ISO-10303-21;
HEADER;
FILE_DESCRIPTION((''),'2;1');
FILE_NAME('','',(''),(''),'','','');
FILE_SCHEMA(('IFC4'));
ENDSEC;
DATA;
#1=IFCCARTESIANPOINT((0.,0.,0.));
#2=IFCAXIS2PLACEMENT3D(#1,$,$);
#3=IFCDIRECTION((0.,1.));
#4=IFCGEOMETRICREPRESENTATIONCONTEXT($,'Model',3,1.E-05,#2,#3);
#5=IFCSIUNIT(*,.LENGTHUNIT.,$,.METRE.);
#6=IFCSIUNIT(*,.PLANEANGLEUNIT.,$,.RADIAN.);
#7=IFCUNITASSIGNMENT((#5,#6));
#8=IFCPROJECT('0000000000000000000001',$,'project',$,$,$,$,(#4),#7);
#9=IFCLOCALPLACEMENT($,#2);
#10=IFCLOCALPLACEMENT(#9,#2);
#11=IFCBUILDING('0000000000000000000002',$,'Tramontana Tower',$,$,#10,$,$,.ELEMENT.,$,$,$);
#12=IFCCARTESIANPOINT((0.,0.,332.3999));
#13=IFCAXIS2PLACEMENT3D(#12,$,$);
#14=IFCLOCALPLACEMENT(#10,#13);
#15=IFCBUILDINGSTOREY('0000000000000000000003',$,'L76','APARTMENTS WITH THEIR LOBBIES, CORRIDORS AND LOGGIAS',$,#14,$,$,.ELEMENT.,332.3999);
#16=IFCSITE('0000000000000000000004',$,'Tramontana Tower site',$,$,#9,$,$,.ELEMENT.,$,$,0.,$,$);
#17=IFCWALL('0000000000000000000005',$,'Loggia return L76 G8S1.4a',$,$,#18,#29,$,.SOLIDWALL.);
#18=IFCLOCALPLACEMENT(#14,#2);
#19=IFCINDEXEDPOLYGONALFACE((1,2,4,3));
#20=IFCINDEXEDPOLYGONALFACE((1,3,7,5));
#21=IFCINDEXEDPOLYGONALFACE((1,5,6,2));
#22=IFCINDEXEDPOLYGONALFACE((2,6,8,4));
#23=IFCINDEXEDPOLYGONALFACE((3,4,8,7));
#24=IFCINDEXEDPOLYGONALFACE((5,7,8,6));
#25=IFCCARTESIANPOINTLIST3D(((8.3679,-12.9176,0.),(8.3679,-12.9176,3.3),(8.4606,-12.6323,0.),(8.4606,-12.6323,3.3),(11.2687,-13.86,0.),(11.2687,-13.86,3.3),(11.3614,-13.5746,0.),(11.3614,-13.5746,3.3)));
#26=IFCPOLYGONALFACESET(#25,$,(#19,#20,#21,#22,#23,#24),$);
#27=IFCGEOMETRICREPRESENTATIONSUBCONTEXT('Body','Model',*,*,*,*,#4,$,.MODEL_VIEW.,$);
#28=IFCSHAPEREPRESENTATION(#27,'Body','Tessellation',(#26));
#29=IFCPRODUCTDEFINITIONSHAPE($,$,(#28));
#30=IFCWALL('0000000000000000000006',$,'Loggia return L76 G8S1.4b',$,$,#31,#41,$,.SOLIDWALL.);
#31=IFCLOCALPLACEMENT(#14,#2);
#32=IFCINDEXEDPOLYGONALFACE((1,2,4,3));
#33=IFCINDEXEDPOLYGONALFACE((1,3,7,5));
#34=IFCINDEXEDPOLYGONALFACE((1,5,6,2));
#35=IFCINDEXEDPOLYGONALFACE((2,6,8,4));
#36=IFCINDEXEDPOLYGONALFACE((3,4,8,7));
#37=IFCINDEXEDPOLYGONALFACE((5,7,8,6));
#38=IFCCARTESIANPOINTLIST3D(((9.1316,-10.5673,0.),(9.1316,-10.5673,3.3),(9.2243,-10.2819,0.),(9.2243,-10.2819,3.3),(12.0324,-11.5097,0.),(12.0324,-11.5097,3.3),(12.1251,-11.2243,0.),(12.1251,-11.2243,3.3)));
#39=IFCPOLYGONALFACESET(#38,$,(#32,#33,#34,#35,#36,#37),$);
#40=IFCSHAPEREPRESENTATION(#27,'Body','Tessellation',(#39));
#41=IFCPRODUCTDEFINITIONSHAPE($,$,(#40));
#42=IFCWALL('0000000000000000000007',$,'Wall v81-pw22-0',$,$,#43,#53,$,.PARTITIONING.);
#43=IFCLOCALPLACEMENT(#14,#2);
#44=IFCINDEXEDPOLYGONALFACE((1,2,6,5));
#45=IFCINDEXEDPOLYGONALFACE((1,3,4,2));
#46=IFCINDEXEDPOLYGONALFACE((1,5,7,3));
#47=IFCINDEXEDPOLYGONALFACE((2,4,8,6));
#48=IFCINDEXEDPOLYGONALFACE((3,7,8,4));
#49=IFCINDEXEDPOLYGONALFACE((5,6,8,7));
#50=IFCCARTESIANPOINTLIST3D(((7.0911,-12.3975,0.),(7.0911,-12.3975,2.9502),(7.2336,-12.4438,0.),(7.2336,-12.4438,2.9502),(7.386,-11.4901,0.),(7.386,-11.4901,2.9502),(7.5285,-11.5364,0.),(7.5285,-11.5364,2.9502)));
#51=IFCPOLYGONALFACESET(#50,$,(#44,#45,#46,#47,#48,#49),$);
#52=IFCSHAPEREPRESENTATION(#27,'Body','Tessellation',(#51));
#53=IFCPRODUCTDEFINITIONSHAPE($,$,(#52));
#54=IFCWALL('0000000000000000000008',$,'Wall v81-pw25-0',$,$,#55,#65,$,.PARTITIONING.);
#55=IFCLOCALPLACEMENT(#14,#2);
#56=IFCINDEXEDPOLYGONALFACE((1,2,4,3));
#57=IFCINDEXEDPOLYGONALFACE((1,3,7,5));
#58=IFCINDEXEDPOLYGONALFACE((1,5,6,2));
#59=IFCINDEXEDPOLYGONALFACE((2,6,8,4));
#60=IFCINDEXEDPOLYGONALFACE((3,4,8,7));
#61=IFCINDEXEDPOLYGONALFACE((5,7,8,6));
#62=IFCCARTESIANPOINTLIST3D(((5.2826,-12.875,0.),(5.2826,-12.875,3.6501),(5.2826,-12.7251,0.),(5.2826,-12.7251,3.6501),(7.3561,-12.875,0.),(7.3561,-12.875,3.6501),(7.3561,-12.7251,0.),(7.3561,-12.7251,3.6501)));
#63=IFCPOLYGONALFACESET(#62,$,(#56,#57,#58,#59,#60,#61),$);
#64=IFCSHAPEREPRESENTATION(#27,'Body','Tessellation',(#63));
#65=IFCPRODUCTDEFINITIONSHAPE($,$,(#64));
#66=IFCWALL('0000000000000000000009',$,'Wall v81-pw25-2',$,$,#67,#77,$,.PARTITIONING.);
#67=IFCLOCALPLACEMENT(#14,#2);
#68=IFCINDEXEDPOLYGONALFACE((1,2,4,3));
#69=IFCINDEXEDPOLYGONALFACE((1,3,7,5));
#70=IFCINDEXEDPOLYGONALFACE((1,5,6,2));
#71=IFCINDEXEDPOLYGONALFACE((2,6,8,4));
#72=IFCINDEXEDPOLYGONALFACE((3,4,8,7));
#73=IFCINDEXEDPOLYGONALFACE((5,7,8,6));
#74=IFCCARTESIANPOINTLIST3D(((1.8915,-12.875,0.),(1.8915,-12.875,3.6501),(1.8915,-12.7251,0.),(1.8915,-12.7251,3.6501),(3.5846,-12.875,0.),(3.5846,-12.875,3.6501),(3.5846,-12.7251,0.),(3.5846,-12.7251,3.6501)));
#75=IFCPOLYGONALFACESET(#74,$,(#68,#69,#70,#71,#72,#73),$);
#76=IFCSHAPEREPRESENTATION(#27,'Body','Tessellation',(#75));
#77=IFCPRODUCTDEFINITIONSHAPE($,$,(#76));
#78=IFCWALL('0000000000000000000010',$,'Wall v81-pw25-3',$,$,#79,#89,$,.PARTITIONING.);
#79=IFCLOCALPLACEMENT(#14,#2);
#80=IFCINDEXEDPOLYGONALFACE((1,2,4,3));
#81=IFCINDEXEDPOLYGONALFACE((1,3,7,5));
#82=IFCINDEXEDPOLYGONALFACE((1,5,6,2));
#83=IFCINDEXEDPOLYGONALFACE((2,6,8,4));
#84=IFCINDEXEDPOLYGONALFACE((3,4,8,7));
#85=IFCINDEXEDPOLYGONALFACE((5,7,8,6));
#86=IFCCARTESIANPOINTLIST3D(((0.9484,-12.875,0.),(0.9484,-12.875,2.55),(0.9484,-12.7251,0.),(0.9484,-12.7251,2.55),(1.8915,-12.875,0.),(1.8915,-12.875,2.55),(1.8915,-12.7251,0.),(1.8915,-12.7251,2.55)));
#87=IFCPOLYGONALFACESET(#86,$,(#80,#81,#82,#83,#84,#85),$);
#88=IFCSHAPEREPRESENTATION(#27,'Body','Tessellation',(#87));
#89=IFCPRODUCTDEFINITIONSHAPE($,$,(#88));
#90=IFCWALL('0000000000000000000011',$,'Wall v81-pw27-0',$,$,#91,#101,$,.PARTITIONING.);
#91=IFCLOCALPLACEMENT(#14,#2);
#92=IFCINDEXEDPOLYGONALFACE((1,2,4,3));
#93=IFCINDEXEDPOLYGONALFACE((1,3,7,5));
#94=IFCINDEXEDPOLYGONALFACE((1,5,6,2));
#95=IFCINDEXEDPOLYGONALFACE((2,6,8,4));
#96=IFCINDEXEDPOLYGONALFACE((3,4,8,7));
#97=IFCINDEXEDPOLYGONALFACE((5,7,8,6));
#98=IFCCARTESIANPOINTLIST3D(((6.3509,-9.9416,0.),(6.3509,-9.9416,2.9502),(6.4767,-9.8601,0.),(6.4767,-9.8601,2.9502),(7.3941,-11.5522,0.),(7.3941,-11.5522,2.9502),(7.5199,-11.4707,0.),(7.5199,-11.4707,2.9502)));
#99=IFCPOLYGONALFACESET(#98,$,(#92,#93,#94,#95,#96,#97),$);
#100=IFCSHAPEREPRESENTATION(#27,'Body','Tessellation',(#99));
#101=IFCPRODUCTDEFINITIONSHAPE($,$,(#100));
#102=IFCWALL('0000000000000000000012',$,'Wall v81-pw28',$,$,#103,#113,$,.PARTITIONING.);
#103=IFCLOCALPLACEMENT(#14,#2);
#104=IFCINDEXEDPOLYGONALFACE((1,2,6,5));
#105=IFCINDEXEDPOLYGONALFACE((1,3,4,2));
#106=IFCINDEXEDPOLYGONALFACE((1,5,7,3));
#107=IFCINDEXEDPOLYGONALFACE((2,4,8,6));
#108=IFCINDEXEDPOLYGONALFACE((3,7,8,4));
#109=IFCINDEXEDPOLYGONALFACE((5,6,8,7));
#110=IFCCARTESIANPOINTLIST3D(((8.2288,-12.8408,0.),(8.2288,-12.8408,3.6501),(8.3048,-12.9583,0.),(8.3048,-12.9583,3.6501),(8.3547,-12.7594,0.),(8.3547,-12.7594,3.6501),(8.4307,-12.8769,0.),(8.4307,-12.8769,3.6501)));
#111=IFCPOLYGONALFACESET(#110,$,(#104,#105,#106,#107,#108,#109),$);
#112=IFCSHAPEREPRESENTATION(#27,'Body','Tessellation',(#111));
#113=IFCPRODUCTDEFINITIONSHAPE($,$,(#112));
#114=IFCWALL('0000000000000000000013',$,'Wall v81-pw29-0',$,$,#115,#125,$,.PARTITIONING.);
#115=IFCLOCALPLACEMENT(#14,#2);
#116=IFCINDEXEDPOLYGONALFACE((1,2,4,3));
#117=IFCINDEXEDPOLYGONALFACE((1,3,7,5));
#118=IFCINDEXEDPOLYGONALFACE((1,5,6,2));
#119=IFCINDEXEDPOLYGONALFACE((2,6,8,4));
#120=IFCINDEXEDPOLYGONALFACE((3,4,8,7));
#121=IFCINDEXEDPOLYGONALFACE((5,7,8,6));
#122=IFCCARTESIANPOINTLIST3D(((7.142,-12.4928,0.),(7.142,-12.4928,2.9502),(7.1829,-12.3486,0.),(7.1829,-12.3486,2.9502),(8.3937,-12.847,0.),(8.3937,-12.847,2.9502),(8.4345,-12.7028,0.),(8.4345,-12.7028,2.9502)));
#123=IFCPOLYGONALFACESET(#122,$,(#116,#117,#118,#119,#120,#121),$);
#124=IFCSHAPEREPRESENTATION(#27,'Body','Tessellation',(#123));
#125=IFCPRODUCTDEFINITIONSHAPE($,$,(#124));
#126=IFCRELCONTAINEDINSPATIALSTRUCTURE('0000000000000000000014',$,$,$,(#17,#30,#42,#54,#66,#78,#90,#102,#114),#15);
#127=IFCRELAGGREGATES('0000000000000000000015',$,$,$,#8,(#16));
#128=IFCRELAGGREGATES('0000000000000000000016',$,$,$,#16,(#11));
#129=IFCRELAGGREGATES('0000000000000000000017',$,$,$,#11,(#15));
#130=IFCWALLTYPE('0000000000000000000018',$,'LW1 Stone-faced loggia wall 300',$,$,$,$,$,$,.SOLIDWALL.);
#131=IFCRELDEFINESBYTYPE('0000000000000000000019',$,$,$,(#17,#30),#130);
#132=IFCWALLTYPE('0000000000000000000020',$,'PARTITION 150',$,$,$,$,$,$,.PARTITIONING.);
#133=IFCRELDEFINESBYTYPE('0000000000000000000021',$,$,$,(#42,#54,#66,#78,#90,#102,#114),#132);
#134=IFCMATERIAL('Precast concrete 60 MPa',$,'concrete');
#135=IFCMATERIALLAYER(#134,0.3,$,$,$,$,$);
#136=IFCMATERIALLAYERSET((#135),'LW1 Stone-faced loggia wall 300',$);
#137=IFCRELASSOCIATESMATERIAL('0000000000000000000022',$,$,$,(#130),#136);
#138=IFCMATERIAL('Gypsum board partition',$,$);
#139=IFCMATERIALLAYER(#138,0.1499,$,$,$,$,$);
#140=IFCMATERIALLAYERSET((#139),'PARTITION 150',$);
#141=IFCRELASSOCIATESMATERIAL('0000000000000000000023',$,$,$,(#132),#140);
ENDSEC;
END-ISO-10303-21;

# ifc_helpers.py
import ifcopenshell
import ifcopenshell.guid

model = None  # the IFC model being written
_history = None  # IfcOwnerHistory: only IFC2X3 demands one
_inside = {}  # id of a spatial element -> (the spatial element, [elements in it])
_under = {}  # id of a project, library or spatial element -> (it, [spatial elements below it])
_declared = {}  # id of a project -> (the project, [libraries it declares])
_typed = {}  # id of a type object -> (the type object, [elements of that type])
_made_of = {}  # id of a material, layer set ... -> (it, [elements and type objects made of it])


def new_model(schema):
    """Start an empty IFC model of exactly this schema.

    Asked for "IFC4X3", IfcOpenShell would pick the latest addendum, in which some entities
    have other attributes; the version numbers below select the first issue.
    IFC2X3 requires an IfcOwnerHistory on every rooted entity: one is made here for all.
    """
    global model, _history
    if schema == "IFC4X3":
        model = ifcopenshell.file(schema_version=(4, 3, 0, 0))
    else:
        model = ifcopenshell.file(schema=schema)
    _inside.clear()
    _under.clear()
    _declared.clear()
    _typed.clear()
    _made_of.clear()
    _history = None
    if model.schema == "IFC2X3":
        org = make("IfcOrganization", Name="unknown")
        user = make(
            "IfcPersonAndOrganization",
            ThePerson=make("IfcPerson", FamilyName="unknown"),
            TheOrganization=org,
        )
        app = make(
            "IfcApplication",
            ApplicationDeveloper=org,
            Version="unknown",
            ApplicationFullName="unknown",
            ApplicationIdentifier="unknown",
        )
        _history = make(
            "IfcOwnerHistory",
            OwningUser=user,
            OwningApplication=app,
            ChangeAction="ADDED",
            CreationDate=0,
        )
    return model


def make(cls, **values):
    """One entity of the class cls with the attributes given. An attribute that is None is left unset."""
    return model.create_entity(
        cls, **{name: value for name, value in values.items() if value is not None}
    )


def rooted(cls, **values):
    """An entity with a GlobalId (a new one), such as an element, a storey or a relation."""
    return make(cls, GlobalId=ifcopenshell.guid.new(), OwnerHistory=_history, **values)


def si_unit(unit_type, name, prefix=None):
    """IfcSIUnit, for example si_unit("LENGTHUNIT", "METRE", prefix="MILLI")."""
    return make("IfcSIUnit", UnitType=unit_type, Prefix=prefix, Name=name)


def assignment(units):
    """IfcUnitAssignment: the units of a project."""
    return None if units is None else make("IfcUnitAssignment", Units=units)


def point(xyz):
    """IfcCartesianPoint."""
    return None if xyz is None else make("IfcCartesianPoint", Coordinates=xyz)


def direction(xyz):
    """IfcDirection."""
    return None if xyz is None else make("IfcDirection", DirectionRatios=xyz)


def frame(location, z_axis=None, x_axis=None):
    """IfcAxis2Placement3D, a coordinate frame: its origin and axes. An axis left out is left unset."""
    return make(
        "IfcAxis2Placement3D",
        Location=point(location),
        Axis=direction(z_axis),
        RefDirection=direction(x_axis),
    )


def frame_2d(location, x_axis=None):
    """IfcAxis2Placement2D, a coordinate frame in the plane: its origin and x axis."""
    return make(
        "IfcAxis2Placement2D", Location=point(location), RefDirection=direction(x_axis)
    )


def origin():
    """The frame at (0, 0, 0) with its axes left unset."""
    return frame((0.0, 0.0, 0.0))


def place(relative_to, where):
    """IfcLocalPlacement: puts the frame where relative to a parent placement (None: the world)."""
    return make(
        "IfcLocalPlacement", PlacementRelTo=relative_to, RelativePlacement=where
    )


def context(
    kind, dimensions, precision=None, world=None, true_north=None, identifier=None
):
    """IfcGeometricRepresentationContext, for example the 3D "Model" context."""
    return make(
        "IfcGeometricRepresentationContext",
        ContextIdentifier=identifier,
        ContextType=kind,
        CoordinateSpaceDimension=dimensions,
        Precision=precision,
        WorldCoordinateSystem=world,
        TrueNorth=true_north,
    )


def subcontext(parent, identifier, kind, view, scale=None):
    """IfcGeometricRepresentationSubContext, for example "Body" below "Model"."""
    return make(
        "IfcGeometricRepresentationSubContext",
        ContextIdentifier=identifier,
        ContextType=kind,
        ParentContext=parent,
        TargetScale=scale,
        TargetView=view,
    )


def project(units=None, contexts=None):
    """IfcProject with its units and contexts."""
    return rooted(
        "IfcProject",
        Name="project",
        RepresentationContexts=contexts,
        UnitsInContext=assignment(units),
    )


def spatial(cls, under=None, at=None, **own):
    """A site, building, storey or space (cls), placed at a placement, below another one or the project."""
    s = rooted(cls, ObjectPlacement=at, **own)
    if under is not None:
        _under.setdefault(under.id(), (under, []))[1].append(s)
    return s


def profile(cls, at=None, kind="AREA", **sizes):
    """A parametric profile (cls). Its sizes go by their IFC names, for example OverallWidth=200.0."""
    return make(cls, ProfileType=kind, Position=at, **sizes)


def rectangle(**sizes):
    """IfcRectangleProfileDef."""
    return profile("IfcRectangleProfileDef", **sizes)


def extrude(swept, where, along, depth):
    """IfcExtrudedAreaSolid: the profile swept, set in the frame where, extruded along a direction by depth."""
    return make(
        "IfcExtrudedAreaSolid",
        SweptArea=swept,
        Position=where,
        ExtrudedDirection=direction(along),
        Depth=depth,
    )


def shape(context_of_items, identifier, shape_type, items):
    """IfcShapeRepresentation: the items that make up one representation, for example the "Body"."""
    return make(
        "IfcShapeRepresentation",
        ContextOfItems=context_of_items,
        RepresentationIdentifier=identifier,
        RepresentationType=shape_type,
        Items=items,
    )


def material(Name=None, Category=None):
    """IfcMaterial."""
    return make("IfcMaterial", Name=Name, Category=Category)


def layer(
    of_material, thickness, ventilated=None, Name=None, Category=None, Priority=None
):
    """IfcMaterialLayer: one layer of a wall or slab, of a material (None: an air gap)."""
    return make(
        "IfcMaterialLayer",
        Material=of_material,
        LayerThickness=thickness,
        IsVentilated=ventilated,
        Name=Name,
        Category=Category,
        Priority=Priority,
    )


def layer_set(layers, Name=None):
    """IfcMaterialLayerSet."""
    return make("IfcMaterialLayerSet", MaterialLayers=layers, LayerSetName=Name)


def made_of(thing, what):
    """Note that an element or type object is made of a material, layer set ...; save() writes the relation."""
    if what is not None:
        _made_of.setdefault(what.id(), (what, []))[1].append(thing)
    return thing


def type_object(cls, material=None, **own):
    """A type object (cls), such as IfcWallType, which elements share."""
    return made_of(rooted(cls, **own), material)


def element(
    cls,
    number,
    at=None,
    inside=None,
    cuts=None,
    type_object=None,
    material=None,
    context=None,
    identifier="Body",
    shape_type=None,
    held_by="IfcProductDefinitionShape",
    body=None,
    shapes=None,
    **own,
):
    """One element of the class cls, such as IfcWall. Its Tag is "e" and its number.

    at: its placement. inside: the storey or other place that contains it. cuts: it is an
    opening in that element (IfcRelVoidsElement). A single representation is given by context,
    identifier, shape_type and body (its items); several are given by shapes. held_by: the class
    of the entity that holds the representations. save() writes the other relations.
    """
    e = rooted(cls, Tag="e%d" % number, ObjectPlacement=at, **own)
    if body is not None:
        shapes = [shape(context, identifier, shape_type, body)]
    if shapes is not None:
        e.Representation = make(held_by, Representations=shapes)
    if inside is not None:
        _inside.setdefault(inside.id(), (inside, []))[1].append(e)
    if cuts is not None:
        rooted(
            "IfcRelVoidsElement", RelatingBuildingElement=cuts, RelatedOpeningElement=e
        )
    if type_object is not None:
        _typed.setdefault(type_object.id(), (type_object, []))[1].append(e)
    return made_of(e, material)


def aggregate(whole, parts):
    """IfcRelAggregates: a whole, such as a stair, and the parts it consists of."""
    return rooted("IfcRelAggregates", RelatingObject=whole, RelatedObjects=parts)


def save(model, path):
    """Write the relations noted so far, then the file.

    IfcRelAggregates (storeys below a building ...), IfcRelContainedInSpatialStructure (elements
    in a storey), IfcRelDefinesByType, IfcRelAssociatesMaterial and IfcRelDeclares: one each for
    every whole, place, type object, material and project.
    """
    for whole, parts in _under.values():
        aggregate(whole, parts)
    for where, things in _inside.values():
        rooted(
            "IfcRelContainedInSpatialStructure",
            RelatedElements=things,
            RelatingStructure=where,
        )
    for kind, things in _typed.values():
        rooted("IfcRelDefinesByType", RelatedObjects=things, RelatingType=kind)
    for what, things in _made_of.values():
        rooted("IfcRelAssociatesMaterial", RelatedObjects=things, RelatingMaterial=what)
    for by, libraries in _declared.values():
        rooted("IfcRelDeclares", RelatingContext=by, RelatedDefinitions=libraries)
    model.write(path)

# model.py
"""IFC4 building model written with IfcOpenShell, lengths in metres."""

from ifc_helpers import new_model, si_unit, direction, frame, frame_2d, origin, place, context, subcontext, project, spatial, rectangle, extrude, material, layer, layer_set, type_object, element, save


model = new_model("IFC4")

# Units and contexts
model_context = context("Model", 3, precision=1e-05, world=origin(), true_north=direction((0.0, 1.0)))
body_context = subcontext(model_context, "Body", "Model", "MODEL_VIEW")
ifc_project = project(units=[si_unit("LENGTHUNIT", "METRE"), si_unit("PLANEANGLEUNIT", "RADIAN")], contexts=[model_context])

# Site, building, storey
site_placement = place(None, origin())
site = spatial("IfcSite", under=ifc_project, at=site_placement, Name="Tramontana Tower site", CompositionType="ELEMENT", RefElevation=0.0)
building_placement = place(site_placement, origin())
building = spatial("IfcBuilding", under=site, at=building_placement, Name="Tramontana Tower", CompositionType="ELEMENT")
storey_placement = place(building_placement, frame((0.0, 0.0, 332.3999)))
storey = spatial("IfcBuildingStorey", under=building, at=storey_placement, Name="L76", Description="APARTMENTS WITH THEIR LOBBIES, CORRIDORS AND LOGGIAS", CompositionType="ELEMENT", Elevation=332.3999)

# Shared definitions
ifc_material_1 = material(Name="Precast concrete 60 MPa", Category="concrete")
ifc_layer_1 = layer(ifc_material_1, 0.3)
ifc_layer_set_1 = layer_set([ifc_layer_1], Name="LW1 Stone-faced loggia wall 300")
wall_type_1 = type_object("IfcWallType", Name="LW1 Stone-faced loggia wall 300", PredefinedType="SOLIDWALL", material=ifc_layer_set_1)

# Walls
for number, where, z_axis, x_axis, name in (
    (1, (11.3149, -13.7173, 0.0), (0.0, 0.0, 1.0), (-0.951073, 0.308967, 0.0), "Loggia return L76 G8S1.4a"),
    (2, (12.0786, -11.3669, 0.0), (0.0, 0.0, 1.0), (-0.951073, 0.308967, 0.0), "Loggia return L76 G8S1.4b"),
):
    element("IfcWall", number, at=place(storey_placement, frame(where, z_axis=z_axis, x_axis=x_axis)), inside=storey, type_object=wall_type_1, Name=name, PredefinedType="SOLIDWALL", context=body_context, shape_type="SweptSolid", body=[
        extrude(rectangle(XDim=3.05, YDim=0.3, at=frame_2d((1.5249, 0.0))), origin(), (0.0, 0.0, 1.0), 3.3),
    ])

# Shared definitions
ifc_material_2 = material(Name="Gypsum board partition")
ifc_layer_2 = layer(ifc_material_2, 0.1499)
ifc_layer_set_2 = layer_set([ifc_layer_2], Name="PARTITION 150")
wall_type_2 = type_object("IfcWallType", Name="PARTITION 150", PredefinedType="PARTITIONING", material=ifc_layer_set_2)

# Walls
wall_1_placement = place(storey_placement, frame((7.1624, -12.4207, 0.0), z_axis=(0.0, 0.0, 1.0), x_axis=(0.30908, 0.951036, 0.0)))
element("IfcWall", 3, at=wall_1_placement, inside=storey, type_object=wall_type_2, Name="Wall v81-pw22-0", PredefinedType="PARTITIONING", context=body_context, shape_type="SweptSolid", body=[
    extrude(rectangle(XDim=0.9541, YDim=0.1499, at=frame_2d((0.4771, 0.0))), origin(), (0.0, 0.0, 1.0), 2.9502),
])
wall_2_placement = place(storey_placement, frame((7.356, -12.8, 0.0), z_axis=(0.0, 0.0, 1.0), x_axis=(-1.0, 0.0, 0.0)))
element("IfcWall", 4, at=wall_2_placement, inside=storey, type_object=wall_type_2, Name="Wall v81-pw25-0", PredefinedType="PARTITIONING", context=body_context, shape_type="SweptSolid", body=[
    extrude(rectangle(XDim=2.0735, YDim=0.1499, at=frame_2d((1.0366, 0.0))), origin(), (0.0, 0.0, 1.0), 3.6501),
])

# Walls
wall_3_placement = place(storey_placement, frame((3.5847, -12.8, 0.0), z_axis=(0.0, 0.0, 1.0), x_axis=(-1.0, 0.0, 0.0)))
element("IfcWall", 5, at=wall_3_placement, inside=storey, type_object=wall_type_2, Name="Wall v81-pw25-2", PredefinedType="PARTITIONING", context=body_context, shape_type="SweptSolid", body=[
    extrude(rectangle(XDim=1.6931, YDim=0.1499, at=frame_2d((0.8467, 0.0))), origin(), (0.0, 0.0, 1.0), 3.6501),
])
wall_4_placement = place(storey_placement, frame((1.8916, -12.8, 0.0), z_axis=(0.0, 0.0, 1.0), x_axis=(-1.0, 0.0, 0.0)))
element("IfcWall", 6, at=wall_4_placement, inside=storey, type_object=wall_type_2, Name="Wall v81-pw25-3", PredefinedType="PARTITIONING", context=body_context, shape_type="SweptSolid", body=[
    extrude(rectangle(XDim=0.9431, YDim=0.1499, at=frame_2d((0.4717, 0.0))), origin(), (0.0, 0.0, 1.0), 2.55),
])
wall_5_placement = place(storey_placement, frame((7.457, -11.5115, 0.0), z_axis=(0.0, 0.0, 1.0), x_axis=(-0.543642, 0.839317, 0.0)))
element("IfcWall", 7, at=wall_5_placement, inside=storey, type_object=wall_type_2, Name="Wall v81-pw27-0", PredefinedType="PARTITIONING", context=body_context, shape_type="SweptSolid", body=[
    extrude(rectangle(XDim=1.9189, YDim=0.1499, at=frame_2d((0.9595, 0.0))), origin(), (0.0, 0.0, 1.0), 2.9502),
])
wall_6_placement = place(storey_placement, frame((8.3677, -12.9175, 0.0), z_axis=(0.0, 0.0, 1.0), x_axis=(-0.542962, 0.839757, 0.0)))
element("IfcWall", 8, at=wall_6_placement, inside=storey, type_object=wall_type_2, Name="Wall v81-pw28", PredefinedType="PARTITIONING", context=body_context, shape_type="SweptSolid", body=[
    extrude(rectangle(XDim=0.1399, YDim=0.1499, at=frame_2d((0.0698, 0.0))), origin(), (0.0, 0.0, 1.0), 3.6501),
])
wall_7_placement = place(storey_placement, frame((8.4141, -12.7749, 0.0), z_axis=(0.0, 0.0, 1.0), x_axis=(-0.962208, 0.272316, 0.0)))
element("IfcWall", 9, at=wall_7_placement, inside=storey, type_object=wall_type_2, Name="Wall v81-pw29-0", PredefinedType="PARTITIONING", context=body_context, shape_type="SweptSolid", body=[
    extrude(rectangle(XDim=1.3008, YDim=0.1499, at=frame_2d((0.6504, 0.0))), origin(), (0.0, 0.0, 1.0), 2.9502),
])

save(model, "model.ifc")
